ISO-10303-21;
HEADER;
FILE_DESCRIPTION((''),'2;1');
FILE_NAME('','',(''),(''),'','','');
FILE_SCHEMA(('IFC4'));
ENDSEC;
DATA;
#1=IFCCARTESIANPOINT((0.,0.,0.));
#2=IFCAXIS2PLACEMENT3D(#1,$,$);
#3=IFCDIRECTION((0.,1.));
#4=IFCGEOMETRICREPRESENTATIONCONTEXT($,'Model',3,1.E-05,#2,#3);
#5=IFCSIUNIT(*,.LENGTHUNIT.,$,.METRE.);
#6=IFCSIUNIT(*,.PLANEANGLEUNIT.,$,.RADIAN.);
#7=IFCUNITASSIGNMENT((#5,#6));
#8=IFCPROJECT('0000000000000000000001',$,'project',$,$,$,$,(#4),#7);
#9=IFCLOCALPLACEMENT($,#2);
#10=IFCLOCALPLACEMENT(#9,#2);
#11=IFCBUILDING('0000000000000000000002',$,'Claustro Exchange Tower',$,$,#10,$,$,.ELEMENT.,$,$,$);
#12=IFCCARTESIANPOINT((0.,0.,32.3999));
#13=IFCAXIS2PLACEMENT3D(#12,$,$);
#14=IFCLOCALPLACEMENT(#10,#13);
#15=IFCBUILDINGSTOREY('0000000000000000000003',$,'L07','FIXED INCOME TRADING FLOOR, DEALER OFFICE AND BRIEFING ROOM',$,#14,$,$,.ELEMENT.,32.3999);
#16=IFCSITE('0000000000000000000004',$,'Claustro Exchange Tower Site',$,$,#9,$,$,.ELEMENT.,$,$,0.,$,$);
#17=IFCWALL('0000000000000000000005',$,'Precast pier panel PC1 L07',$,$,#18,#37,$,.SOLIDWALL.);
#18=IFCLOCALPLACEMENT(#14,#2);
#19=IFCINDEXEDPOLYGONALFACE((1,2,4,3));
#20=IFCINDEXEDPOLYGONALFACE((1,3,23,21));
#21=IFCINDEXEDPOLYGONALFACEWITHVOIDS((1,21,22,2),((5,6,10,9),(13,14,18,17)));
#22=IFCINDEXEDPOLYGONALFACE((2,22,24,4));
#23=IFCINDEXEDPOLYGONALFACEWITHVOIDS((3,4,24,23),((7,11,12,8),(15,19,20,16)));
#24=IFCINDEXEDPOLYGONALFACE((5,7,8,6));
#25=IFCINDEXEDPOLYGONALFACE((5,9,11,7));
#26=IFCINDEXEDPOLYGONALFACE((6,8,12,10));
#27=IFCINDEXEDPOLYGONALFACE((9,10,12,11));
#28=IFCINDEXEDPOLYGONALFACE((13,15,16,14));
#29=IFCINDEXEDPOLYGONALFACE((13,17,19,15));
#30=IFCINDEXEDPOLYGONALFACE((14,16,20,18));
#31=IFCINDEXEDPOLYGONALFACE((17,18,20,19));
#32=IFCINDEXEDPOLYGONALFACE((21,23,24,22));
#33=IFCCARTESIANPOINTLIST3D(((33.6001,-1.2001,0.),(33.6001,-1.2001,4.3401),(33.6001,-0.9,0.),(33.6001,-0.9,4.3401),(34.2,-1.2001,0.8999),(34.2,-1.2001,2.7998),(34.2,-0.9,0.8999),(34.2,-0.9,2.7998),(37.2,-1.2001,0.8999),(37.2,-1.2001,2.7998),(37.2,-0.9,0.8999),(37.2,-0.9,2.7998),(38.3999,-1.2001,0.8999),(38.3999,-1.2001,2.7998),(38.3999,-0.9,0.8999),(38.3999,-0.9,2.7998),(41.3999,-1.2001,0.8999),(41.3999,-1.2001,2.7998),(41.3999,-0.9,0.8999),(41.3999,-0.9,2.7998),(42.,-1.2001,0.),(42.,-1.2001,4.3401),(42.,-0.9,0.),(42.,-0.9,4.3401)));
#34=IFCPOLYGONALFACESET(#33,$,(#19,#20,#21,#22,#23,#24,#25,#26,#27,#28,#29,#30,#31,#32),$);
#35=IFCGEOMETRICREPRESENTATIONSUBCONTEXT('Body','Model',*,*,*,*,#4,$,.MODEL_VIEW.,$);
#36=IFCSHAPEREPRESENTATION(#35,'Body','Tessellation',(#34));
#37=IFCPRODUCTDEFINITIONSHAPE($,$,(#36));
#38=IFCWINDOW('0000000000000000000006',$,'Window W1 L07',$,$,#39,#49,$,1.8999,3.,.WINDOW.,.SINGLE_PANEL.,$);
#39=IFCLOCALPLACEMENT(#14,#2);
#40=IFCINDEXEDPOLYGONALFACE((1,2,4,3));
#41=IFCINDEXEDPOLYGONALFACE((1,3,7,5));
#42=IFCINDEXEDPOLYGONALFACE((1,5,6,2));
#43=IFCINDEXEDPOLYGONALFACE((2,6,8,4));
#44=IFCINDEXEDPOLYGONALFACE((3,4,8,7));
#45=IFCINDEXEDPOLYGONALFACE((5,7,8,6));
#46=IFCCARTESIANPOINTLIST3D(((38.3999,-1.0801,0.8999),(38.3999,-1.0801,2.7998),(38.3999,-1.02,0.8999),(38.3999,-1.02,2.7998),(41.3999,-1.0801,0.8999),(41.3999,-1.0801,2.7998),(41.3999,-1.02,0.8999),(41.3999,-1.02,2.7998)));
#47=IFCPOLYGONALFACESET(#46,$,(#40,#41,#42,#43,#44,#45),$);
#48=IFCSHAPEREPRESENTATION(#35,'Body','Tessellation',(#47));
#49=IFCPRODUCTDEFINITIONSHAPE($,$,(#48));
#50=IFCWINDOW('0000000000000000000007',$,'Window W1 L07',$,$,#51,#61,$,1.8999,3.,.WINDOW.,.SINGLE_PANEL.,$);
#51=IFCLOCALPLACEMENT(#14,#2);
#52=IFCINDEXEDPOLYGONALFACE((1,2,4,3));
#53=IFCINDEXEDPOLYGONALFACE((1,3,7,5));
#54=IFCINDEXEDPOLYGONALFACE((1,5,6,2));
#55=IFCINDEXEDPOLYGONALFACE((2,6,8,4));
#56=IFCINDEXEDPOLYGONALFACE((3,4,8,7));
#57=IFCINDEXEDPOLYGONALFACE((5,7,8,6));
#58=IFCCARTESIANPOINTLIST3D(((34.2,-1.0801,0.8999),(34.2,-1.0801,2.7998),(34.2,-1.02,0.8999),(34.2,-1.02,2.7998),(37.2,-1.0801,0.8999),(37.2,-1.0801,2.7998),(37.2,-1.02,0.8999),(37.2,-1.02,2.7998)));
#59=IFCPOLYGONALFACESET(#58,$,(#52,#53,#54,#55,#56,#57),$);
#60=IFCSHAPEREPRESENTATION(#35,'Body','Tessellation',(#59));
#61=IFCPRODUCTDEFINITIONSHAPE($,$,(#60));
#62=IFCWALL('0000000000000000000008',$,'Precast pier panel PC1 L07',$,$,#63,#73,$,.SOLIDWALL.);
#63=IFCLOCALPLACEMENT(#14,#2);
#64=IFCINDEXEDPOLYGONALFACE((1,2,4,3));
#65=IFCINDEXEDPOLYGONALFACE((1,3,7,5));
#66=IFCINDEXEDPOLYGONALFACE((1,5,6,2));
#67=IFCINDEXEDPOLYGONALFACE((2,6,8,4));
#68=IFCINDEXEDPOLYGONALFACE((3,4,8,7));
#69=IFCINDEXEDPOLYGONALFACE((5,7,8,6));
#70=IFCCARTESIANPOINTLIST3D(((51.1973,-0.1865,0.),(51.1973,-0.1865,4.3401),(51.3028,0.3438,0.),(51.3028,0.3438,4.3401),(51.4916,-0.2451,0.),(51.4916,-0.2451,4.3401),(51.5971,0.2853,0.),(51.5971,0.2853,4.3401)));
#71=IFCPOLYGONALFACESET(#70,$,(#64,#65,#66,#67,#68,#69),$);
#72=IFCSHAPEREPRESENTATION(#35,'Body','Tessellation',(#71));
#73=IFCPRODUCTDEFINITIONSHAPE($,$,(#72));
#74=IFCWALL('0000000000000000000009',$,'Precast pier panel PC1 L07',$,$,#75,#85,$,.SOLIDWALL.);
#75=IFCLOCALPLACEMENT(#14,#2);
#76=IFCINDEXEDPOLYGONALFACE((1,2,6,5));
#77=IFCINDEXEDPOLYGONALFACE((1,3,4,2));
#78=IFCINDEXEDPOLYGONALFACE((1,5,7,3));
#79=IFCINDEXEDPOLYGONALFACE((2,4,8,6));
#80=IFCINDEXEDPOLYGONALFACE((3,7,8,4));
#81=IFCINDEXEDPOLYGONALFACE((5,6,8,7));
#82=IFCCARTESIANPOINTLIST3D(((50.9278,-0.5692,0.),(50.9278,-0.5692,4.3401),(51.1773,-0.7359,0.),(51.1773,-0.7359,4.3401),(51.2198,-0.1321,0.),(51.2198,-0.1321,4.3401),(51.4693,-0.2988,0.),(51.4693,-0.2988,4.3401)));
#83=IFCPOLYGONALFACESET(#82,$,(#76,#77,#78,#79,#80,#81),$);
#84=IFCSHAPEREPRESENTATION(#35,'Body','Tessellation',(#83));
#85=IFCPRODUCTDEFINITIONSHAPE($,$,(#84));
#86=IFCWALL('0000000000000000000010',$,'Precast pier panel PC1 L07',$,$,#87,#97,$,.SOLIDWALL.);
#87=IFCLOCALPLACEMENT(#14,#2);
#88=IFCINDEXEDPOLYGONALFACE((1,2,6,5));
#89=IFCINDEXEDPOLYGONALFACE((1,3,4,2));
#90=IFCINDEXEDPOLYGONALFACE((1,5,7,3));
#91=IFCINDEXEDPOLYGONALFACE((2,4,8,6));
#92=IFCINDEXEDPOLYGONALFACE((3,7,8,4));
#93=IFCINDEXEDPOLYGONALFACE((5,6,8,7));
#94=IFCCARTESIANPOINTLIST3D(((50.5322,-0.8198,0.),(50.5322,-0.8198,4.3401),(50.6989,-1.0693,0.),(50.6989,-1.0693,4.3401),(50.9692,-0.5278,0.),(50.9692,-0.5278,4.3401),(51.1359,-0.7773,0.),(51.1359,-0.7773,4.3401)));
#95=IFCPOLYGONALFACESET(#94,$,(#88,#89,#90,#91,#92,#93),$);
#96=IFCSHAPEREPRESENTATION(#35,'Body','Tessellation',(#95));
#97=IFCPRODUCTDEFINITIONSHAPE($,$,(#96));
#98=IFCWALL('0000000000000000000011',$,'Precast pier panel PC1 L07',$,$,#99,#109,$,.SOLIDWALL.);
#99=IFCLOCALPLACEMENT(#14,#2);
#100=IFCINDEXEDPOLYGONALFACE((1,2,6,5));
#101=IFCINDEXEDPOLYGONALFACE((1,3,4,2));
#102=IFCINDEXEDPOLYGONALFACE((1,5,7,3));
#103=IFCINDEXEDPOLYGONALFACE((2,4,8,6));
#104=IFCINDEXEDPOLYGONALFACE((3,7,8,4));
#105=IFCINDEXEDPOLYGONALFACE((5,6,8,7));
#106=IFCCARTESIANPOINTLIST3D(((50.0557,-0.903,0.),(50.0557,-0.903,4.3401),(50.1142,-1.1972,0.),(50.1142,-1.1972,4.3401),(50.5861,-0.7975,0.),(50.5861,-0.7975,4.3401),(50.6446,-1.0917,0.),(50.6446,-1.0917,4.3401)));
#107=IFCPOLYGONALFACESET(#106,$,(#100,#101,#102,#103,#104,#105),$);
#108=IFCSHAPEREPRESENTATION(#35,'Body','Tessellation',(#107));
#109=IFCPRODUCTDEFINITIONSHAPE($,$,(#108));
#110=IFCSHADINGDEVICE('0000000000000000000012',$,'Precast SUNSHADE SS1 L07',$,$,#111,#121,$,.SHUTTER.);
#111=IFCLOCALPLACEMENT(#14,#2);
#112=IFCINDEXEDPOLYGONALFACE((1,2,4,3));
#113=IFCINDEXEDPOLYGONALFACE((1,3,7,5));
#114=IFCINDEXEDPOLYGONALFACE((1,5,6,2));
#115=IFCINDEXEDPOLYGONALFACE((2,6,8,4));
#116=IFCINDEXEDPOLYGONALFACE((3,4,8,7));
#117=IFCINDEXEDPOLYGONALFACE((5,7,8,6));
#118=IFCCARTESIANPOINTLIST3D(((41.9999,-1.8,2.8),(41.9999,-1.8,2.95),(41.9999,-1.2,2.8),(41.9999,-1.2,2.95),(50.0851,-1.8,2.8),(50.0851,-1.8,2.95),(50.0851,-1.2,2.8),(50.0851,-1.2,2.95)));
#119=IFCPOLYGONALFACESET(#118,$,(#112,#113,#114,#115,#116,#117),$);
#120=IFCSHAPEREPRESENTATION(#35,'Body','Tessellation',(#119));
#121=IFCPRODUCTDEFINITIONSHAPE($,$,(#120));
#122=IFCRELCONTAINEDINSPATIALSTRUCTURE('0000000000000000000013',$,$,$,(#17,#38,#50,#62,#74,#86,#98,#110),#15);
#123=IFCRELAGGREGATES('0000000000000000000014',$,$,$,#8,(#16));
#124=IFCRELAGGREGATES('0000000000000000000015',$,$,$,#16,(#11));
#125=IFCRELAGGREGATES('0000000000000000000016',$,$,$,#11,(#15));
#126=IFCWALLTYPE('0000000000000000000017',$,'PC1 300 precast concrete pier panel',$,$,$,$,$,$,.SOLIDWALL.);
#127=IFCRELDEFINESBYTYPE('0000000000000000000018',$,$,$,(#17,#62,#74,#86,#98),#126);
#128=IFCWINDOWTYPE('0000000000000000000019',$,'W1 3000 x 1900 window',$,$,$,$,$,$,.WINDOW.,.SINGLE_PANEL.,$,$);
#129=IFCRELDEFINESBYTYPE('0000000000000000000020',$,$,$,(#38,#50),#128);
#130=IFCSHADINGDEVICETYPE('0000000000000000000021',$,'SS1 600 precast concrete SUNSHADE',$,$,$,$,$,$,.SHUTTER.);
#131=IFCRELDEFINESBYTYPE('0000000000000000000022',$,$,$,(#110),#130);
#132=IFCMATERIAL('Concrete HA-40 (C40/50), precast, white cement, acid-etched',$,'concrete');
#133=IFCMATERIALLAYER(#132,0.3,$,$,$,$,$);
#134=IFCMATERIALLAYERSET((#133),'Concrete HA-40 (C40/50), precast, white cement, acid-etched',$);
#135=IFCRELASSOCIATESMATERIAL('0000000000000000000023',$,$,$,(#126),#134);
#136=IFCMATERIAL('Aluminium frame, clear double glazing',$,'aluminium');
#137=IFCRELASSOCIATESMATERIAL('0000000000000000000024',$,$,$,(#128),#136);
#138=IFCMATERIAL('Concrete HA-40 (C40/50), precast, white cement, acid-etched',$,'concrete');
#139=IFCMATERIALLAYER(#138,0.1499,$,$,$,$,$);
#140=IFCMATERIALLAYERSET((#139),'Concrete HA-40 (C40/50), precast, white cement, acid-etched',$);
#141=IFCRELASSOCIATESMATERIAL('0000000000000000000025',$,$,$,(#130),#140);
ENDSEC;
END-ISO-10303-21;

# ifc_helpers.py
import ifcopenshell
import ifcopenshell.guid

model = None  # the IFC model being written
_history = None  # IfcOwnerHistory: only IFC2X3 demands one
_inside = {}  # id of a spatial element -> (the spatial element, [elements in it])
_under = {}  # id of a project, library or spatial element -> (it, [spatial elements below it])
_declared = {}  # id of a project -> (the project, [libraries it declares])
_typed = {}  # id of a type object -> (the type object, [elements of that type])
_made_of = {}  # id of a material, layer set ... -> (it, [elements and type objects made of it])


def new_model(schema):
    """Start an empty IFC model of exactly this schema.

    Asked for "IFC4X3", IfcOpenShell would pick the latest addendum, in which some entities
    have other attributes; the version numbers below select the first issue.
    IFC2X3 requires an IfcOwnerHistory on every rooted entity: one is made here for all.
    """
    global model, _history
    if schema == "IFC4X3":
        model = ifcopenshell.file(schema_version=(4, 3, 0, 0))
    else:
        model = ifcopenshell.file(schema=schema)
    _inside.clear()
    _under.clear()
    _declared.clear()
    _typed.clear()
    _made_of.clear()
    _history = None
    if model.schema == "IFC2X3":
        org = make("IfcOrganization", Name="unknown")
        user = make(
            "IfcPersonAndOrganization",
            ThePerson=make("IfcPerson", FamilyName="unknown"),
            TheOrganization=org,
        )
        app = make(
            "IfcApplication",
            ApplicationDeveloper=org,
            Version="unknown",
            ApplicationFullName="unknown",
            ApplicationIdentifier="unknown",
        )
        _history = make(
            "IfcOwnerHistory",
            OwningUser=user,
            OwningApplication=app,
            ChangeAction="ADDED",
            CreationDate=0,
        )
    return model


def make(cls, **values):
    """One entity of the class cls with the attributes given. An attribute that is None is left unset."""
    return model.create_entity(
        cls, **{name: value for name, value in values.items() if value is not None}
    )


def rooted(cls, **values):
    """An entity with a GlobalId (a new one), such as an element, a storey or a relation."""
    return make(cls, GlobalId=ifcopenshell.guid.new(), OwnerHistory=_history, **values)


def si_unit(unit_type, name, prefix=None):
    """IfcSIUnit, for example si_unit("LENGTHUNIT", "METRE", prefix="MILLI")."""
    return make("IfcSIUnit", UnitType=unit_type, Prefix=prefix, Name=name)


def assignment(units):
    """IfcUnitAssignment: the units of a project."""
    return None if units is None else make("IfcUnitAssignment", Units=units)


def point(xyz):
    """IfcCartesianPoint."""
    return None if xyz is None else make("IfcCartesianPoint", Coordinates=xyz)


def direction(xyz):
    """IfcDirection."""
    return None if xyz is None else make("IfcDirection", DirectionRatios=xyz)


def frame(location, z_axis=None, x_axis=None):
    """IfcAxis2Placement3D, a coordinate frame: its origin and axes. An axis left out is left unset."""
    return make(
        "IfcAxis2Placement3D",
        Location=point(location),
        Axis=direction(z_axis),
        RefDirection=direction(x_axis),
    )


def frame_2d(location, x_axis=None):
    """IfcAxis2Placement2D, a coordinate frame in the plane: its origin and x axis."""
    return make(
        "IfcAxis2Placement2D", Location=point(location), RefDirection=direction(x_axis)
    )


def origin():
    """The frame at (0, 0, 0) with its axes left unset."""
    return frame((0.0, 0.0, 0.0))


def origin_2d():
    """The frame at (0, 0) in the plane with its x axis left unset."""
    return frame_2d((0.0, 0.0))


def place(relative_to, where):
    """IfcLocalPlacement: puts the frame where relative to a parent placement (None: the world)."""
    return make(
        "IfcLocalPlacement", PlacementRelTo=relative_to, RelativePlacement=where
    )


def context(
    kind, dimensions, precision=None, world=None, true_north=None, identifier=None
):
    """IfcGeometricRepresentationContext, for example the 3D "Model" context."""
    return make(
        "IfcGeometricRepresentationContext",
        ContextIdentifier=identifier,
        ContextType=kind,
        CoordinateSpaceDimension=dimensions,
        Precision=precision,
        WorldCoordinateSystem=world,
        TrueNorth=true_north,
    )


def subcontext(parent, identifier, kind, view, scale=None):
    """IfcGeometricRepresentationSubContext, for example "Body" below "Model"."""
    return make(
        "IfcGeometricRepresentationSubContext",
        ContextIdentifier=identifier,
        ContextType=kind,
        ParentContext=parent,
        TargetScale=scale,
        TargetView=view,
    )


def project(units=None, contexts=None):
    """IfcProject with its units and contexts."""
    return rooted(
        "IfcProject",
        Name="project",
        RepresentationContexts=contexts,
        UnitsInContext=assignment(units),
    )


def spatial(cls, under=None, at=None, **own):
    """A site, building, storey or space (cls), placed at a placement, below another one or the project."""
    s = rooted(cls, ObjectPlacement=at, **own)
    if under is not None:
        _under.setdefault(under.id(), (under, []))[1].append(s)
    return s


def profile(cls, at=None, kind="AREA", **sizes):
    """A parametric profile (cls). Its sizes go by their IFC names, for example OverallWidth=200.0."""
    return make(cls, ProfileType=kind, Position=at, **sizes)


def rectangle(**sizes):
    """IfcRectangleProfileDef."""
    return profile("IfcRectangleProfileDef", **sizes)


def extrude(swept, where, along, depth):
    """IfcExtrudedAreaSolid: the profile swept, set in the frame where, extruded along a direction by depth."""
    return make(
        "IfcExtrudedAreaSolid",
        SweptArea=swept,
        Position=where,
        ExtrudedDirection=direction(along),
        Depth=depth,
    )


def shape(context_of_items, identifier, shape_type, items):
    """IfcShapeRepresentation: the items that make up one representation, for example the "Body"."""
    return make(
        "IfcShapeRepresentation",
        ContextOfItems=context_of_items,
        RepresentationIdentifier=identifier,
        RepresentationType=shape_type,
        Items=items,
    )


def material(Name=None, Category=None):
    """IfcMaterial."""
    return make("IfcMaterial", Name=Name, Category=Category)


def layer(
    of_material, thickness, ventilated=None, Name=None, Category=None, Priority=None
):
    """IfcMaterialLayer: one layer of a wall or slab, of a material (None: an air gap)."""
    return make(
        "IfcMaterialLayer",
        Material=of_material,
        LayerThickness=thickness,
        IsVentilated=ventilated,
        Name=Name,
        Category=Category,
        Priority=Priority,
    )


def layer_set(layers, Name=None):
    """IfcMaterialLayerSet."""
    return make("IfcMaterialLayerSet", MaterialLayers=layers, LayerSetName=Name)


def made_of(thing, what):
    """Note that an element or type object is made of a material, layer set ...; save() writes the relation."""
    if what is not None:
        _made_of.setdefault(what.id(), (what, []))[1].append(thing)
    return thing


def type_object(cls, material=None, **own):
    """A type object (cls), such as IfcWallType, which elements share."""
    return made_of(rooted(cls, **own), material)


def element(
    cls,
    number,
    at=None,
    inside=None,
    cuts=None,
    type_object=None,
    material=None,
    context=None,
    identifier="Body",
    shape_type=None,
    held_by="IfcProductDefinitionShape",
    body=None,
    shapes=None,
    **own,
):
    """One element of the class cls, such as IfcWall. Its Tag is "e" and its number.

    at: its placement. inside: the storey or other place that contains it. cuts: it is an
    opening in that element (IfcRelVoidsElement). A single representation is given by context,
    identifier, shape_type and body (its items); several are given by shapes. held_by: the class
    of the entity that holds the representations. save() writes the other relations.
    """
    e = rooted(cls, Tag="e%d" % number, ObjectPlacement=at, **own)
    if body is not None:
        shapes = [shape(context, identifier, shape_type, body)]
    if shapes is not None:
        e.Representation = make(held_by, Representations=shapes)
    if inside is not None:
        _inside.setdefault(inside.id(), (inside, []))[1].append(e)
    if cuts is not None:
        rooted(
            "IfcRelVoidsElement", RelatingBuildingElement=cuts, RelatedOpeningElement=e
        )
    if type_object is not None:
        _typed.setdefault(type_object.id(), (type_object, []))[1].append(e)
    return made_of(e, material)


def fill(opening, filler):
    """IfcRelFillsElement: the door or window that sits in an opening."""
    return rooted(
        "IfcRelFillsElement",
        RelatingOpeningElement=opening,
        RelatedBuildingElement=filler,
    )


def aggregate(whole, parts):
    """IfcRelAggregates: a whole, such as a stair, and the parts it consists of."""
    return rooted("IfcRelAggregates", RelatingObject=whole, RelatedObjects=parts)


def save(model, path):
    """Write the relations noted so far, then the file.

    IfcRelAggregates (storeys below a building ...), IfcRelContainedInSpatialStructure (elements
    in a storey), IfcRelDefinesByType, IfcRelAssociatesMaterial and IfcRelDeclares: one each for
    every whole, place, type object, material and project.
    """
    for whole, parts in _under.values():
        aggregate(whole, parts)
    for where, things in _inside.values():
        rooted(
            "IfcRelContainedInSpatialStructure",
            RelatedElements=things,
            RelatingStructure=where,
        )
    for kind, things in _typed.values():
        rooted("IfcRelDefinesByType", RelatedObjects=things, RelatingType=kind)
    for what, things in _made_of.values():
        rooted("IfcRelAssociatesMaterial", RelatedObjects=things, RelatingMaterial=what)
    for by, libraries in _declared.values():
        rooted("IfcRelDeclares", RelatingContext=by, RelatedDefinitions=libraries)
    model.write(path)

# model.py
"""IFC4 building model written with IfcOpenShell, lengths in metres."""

from ifc_helpers import new_model, si_unit, direction, frame, frame_2d, origin, origin_2d, place, context, subcontext, project, spatial, rectangle, extrude, material, layer, layer_set, type_object, element, fill, save


model = new_model("IFC4")

# Units and contexts
model_context = context("Model", 3, precision=1e-05, world=origin(), true_north=direction((0.0, 1.0)))
body_context = subcontext(model_context, "Body", "Model", "MODEL_VIEW")
ifc_project = project(units=[si_unit("LENGTHUNIT", "METRE"), si_unit("PLANEANGLEUNIT", "RADIAN")], contexts=[model_context])

# Site, building, storey
site_placement = place(None, origin())
site = spatial("IfcSite", under=ifc_project, at=site_placement, Name="Claustro Exchange Tower Site", CompositionType="ELEMENT", RefElevation=0.0)
building_placement = place(site_placement, origin())
building = spatial("IfcBuilding", under=site, at=building_placement, Name="Claustro Exchange Tower", CompositionType="ELEMENT")
storey_placement = place(building_placement, frame((0.0, 0.0, 32.3999)))
storey = spatial("IfcBuildingStorey", under=building, at=storey_placement, Name="L07", Description="FIXED INCOME TRADING FLOOR, DEALER OFFICE AND BRIEFING ROOM", CompositionType="ELEMENT", Elevation=32.3999)

# Wall, openings, windows
ifc_material_1 = material(Name="Concrete HA-40 (C40/50), precast, white cement, acid-etched", Category="concrete")
ifc_layer_1 = layer(ifc_material_1, 0.3)
ifc_layer_set_1 = layer_set([ifc_layer_1], Name="Concrete HA-40 (C40/50), precast, white cement, acid-etched")
wall_type_1 = type_object("IfcWallType", Name="PC1 300 precast concrete pier panel", PredefinedType="SOLIDWALL", material=ifc_layer_set_1)
ifc_material_2 = material(Name="Aluminium frame, clear double glazing", Category="aluminium")
window_type = type_object("IfcWindowType", Name="W1 3000 x 1900 window", PartitioningType="SINGLE_PANEL", PredefinedType="WINDOW", material=ifc_material_2)
wall_1_placement = place(storey_placement, frame((42.0, -1.05, 0.0), z_axis=(0.0, 0.0, 1.0), x_axis=(-1.0, 0.0, 0.0)))
wall_1 = element("IfcWall", 1, at=wall_1_placement, inside=storey, type_object=wall_type_1, Name="Precast pier panel PC1 L07", PredefinedType="SOLIDWALL", context=body_context, shape_type="SweptSolid", body=[
    extrude(rectangle(XDim=8.3999, YDim=0.3, at=frame_2d((4.2, 0.0))), origin(), (0.0, 0.0, 1.0), 4.3401),
])
opening_1_placement = place(wall_1_placement, frame((0.6001, 0.0, 0.8999)))
opening_1 = element("IfcOpeningElement", 2, at=opening_1_placement, cuts=wall_1, PredefinedType="OPENING", context=body_context, shape_type="SweptSolid", body=[
    extrude(rectangle(XDim=3.0, YDim=1.8999, at=frame_2d((1.5, 0.95))), frame((0.0, 0.1599, 0.0), z_axis=(0.0, -1.0, 0.0), x_axis=(1.0, 0.0, 0.0)), (0.0, 0.0, 1.0), 0.3201),
])
opening_2_placement = place(wall_1_placement, frame((4.8, 0.0, 0.8999)))
opening_2 = element("IfcOpeningElement", 3, at=opening_2_placement, cuts=wall_1, PredefinedType="OPENING", context=body_context, shape_type="SweptSolid", body=[
    extrude(rectangle(XDim=3.0, YDim=1.8999, at=frame_2d((1.5, 0.95))), frame((0.0, 0.1599, 0.0), z_axis=(0.0, -1.0, 0.0), x_axis=(1.0, 0.0, 0.0)), (0.0, 0.0, 1.0), 0.3201),
])
window_1_placement = place(opening_1_placement, origin())
window_1 = element("IfcWindow", 4, at=window_1_placement, inside=storey, type_object=window_type, Name="Window W1 L07", OverallHeight=1.8999, OverallWidth=3.0, PartitioningType="SINGLE_PANEL", PredefinedType="WINDOW", context=body_context, shape_type="SweptSolid", body=[
    extrude(rectangle(XDim=3.0, YDim=1.8999, at=frame_2d((1.5, 0.95))), frame((0.0, 0.03, 0.0), z_axis=(0.0, -1.0, 0.0), x_axis=(1.0, 0.0, 0.0)), (0.0, 0.0, 1.0), 0.0601),
])
fill(opening_1, window_1)
window_2_placement = place(opening_2_placement, origin())
window_2 = element("IfcWindow", 5, at=window_2_placement, inside=storey, type_object=window_type, Name="Window W1 L07", OverallHeight=1.8999, OverallWidth=3.0, PartitioningType="SINGLE_PANEL", PredefinedType="WINDOW", context=body_context, shape_type="SweptSolid", body=[
    extrude(rectangle(XDim=3.0, YDim=1.8999, at=frame_2d((1.5, 0.95))), frame((0.0, 0.03, 0.0), z_axis=(0.0, -1.0, 0.0), x_axis=(1.0, 0.0, 0.0)), (0.0, 0.0, 1.0), 0.0601),
])
fill(opening_2, window_2)

# Walls
wall_2_placement = place(storey_placement, frame((51.45, 0.3147, 0.0), z_axis=(0.0, 0.0, 1.0), x_axis=(-0.195074, -0.980789, 0.0)))
element("IfcWall", 6, at=wall_2_placement, inside=storey, type_object=wall_type_1, Name="Precast pier panel PC1 L07", PredefinedType="SOLIDWALL", context=body_context, shape_type="SweptSolid", body=[
    extrude(rectangle(XDim=0.5408, YDim=0.3, at=frame_2d((0.2705, 0.0))), origin(), (0.0, 0.0, 1.0), 4.3401),
])
for number, where, z_axis, x_axis, name in (
    (7, (51.3445, -0.2156, 0.0), (0.0, 0.0, 1.0), (-0.555557, -0.831478, 0.0), "Precast pier panel PC1 L07"),
    (8, (51.0525, -0.6526, 0.0), (0.0, 0.0, 1.0), (-0.831478, -0.555557, 0.0), "Precast pier panel PC1 L07"),
):
    element("IfcWall", number, at=place(storey_placement, frame(where, z_axis=z_axis, x_axis=x_axis)), inside=storey, type_object=wall_type_1, Name=name, PredefinedType="SOLIDWALL", context=body_context, shape_type="SweptSolid", body=[
        extrude(rectangle(XDim=0.5256, YDim=0.3, at=frame_2d((0.2627, 0.0))), origin(), (0.0, 0.0, 1.0), 4.3401),
    ])
wall_3_placement = place(storey_placement, frame((50.6155, -0.9446, 0.0), z_axis=(0.0, 0.0, 1.0), x_axis=(-0.980789, -0.195074, 0.0)))
element("IfcWall", 9, at=wall_3_placement, inside=storey, type_object=wall_type_1, Name="Precast pier panel PC1 L07", PredefinedType="SOLIDWALL", context=body_context, shape_type="SweptSolid", body=[
    extrude(rectangle(XDim=0.5408, YDim=0.3, at=frame_2d((0.2705, 0.0))), origin(), (0.0, 0.0, 1.0), 4.3401),
])

# Shading device
ifc_material_3 = material(Name="Concrete HA-40 (C40/50), precast, white cement, acid-etched", Category="concrete")
ifc_layer_2 = layer(ifc_material_3, 0.1499)
ifc_layer_set_2 = layer_set([ifc_layer_2], Name="Concrete HA-40 (C40/50), precast, white cement, acid-etched")
shading_device_type = type_object("IfcShadingDeviceType", Name="SS1 600 precast concrete SUNSHADE", PredefinedType="SHUTTER", material=ifc_layer_set_2)
shading_device_placement = place(storey_placement, frame((46.0425, -1.5, 2.8), z_axis=(0.0, 0.0, 1.0), x_axis=(-1.0, 0.0, 0.0)))
element("IfcShadingDevice", 10, at=shading_device_placement, inside=storey, type_object=shading_device_type, Name="Precast SUNSHADE SS1 L07", PredefinedType="SHUTTER", context=body_context, shape_type="SweptSolid", body=[
    extrude(rectangle(XDim=8.0852, YDim=0.6001, at=origin_2d()), origin(), (0.0, 0.0, 1.0), 0.1499),
])

save(model, "model.ifc")
